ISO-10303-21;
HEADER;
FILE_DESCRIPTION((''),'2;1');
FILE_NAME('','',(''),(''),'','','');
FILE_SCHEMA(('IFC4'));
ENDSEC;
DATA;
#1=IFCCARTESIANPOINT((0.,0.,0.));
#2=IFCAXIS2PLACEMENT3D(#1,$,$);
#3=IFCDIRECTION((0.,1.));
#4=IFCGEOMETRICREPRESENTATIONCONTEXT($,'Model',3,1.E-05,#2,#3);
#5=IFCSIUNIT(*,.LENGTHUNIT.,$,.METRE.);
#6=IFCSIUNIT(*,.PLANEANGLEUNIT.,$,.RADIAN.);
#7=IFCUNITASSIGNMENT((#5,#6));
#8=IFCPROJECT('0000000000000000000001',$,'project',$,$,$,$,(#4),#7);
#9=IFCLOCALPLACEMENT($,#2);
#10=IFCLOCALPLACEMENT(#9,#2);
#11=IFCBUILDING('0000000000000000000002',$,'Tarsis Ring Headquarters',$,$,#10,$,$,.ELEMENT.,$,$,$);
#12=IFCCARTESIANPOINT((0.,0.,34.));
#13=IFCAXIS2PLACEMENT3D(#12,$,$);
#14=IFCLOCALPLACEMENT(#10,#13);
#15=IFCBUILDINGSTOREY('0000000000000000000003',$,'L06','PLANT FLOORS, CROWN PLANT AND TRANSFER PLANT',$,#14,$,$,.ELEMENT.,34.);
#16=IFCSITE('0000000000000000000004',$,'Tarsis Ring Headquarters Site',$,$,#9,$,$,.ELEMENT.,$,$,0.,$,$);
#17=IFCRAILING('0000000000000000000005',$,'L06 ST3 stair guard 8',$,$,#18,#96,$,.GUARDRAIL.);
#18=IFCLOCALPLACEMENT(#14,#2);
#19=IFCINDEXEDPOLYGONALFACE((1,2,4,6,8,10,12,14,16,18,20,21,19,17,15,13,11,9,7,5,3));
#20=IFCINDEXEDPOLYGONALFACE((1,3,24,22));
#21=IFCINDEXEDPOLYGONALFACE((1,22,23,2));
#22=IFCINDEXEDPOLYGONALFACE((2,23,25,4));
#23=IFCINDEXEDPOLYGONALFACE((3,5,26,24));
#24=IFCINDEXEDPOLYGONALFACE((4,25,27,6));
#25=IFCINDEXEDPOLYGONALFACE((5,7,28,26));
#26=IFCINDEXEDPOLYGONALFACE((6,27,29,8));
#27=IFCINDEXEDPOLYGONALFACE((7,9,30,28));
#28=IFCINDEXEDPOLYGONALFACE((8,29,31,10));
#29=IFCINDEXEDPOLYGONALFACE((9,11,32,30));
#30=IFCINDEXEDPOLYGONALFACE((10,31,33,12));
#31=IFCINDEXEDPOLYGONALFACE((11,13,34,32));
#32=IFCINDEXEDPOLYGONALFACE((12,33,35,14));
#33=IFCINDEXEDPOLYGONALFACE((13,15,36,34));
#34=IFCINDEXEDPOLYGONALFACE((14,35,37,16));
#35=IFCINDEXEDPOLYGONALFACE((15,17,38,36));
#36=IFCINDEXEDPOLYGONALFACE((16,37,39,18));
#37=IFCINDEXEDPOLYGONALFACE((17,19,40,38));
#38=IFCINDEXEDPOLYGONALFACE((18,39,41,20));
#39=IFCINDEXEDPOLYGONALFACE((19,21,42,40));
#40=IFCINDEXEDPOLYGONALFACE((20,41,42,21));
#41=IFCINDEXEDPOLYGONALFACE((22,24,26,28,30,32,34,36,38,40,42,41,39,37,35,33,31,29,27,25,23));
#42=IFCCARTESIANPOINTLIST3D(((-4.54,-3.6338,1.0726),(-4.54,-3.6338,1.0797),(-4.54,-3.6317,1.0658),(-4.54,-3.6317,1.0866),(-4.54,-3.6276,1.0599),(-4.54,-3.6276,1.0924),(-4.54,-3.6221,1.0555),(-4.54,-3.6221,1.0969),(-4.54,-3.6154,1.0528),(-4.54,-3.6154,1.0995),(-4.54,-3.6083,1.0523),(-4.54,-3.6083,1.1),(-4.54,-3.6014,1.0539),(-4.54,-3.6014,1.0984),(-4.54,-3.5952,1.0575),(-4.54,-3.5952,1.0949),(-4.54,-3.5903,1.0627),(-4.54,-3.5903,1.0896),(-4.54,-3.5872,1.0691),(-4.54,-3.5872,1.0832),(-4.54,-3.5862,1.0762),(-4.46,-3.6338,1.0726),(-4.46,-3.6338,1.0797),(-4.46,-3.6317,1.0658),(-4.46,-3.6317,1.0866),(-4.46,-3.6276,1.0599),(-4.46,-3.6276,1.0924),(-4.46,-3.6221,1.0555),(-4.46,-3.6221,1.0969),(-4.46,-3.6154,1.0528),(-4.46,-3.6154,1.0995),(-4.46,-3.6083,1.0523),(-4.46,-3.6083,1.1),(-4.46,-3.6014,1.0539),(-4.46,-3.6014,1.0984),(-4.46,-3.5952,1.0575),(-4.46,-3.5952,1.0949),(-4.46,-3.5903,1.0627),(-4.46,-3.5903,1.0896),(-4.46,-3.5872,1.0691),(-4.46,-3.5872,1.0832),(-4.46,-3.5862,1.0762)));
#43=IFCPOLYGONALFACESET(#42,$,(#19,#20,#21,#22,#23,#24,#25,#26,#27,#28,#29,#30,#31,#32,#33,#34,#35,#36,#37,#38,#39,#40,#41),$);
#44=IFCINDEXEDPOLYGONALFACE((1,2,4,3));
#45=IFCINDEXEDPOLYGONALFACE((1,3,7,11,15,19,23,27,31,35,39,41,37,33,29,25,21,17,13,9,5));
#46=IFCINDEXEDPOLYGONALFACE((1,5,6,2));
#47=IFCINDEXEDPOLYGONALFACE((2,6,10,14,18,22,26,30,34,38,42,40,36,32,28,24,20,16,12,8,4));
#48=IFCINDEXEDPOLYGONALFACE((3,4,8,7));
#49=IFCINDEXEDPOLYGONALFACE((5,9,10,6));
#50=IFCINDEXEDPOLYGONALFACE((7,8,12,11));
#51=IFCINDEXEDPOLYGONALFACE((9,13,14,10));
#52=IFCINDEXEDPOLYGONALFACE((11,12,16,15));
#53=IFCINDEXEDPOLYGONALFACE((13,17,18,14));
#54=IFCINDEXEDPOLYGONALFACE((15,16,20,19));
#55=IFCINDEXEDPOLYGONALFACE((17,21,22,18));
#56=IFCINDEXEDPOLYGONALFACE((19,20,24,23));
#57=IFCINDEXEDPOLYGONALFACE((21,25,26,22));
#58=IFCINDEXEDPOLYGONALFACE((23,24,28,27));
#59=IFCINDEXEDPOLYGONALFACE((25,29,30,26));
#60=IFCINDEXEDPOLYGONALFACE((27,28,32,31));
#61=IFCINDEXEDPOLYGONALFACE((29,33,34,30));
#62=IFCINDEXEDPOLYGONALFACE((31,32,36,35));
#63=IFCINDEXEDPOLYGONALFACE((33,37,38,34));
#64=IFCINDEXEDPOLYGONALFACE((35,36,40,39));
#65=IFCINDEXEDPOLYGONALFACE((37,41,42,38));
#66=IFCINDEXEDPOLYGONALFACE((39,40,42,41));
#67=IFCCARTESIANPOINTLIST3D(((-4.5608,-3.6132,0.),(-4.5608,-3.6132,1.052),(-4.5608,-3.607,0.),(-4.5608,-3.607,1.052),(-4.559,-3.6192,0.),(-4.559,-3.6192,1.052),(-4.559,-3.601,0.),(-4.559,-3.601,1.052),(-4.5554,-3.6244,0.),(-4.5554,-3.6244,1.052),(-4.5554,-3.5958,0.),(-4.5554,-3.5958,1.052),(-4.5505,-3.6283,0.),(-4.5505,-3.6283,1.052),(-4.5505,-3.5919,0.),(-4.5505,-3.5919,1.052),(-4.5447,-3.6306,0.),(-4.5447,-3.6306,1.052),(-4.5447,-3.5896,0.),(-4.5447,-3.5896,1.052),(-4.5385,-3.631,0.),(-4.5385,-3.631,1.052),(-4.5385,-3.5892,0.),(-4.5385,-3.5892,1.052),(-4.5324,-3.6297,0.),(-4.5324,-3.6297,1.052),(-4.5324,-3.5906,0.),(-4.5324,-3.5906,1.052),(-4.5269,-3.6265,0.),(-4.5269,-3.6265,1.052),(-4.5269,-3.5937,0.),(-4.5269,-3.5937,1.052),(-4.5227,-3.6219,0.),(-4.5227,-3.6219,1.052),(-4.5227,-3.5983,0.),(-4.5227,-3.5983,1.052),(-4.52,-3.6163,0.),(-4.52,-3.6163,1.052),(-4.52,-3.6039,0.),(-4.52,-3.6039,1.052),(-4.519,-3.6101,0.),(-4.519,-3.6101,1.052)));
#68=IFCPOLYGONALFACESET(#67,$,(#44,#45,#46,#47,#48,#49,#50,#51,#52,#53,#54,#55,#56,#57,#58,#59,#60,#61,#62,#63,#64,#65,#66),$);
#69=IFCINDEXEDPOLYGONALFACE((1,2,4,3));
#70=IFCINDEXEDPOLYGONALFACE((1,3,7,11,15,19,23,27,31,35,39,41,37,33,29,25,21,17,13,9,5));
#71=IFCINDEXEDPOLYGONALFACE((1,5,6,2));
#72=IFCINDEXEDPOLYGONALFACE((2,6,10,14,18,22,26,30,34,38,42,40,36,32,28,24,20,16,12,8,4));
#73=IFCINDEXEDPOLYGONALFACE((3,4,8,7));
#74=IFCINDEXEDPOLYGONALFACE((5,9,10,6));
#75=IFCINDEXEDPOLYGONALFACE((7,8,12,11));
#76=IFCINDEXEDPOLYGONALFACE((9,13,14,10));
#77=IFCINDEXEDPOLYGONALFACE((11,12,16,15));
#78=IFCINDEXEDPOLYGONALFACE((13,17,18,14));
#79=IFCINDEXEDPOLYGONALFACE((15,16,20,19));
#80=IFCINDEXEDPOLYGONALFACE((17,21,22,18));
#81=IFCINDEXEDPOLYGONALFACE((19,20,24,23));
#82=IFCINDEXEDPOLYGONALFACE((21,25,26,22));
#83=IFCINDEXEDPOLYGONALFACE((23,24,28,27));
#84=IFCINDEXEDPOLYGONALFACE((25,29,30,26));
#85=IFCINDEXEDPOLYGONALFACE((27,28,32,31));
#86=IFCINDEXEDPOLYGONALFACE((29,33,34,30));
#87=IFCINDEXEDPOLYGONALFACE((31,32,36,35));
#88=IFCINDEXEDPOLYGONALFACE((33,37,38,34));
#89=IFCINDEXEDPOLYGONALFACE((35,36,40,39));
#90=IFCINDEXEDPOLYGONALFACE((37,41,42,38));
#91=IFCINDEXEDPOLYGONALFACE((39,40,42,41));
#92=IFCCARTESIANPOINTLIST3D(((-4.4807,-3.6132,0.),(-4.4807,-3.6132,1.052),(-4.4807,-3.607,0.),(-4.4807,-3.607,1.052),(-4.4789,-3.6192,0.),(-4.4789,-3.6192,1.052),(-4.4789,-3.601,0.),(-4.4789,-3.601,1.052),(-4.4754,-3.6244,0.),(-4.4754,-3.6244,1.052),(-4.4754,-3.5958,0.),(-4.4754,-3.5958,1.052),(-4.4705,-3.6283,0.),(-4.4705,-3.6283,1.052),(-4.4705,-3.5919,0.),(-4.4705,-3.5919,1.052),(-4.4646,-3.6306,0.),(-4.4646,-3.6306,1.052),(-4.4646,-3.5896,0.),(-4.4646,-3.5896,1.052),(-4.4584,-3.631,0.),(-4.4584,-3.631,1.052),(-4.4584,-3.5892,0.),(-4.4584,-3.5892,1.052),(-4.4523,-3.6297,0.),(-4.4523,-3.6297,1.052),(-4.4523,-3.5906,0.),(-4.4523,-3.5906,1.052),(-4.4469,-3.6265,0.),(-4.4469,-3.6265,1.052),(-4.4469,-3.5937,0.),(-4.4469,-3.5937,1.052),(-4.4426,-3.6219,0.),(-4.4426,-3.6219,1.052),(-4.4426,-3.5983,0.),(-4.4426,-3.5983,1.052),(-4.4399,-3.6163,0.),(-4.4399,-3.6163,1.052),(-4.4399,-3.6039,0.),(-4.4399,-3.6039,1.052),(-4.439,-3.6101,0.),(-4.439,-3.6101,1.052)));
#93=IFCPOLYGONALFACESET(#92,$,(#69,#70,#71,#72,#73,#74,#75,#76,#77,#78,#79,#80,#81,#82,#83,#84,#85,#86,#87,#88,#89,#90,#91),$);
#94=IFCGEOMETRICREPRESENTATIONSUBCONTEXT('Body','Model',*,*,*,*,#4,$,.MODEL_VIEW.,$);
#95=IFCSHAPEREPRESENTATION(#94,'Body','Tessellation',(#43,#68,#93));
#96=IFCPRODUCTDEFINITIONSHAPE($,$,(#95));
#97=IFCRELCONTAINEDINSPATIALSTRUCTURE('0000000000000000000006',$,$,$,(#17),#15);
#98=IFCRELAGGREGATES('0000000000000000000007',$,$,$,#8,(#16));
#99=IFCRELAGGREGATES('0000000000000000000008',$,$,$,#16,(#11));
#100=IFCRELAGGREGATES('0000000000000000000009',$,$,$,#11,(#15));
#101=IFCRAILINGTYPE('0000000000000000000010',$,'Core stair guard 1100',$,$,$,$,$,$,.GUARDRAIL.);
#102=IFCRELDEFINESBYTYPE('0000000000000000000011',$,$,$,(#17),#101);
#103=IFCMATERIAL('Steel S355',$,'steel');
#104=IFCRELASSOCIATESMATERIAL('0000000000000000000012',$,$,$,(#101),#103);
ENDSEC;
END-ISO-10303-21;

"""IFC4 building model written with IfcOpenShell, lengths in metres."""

from ifc_helpers import new_model, si_unit, direction, frame, origin, origin_2d, place, context, subcontext, project, spatial, circle, extrude, material, type_object, element, save


model = new_model("IFC4")

# Units and contexts
model_context = context("Model", 3, precision=1e-05, world=origin(), true_north=direction((0.0, 1.0)))
body_context = subcontext(model_context, "Body", "Model", "MODEL_VIEW")
ifc_project = project(units=[si_unit("LENGTHUNIT", "METRE"), si_unit("PLANEANGLEUNIT", "RADIAN")], contexts=[model_context])

# Site, building, storey
site_placement = place(None, origin())
site = spatial("IfcSite", under=ifc_project, at=site_placement, Name="Tarsis Ring Headquarters Site", CompositionType="ELEMENT", RefElevation=0.0)
building_placement = place(site_placement, origin())
building = spatial("IfcBuilding", under=site, at=building_placement, Name="Tarsis Ring Headquarters", CompositionType="ELEMENT")
storey_placement = place(building_placement, frame((0.0, 0.0, 34.0)))
storey = spatial("IfcBuildingStorey", under=building, at=storey_placement, Name="L06", Description="PLANT FLOORS, CROWN PLANT AND TRANSFER PLANT", CompositionType="ELEMENT", Elevation=34.0)

# Shared definitions
ifc_material_1 = material(Name="Steel S355", Category="steel")

# Railing
railing_type_1 = type_object("IfcRailingType", Name="Core stair guard 1100", PredefinedType="GUARDRAIL", material=ifc_material_1)
railing_1_placement = place(storey_placement, frame((-4.54, -3.6101, 0.0)))
element("IfcRailing", 1, at=railing_1_placement, inside=storey, type_object=railing_type_1, Name="L06 ST3 stair guard 8", PredefinedType="GUARDRAIL", context=body_context, shape_type="SweptSolid", body=[
    extrude(circle(Radius=0.0239, at=origin_2d()), frame((0.0, 0.0, 1.0762), z_axis=(1.0, 0.0, 0.0), x_axis=(0.0, 1.0, 0.0)), (0.0, 0.0, 1.0), 0.0801),
    extrude(circle(Radius=0.021, at=origin_2d()), origin(), (0.0, 0.0, 1.0), 1.052),
    extrude(circle(Radius=0.021, at=origin_2d()), frame((0.0801, 0.0, 0.0)), (0.0, 0.0, 1.0), 1.052),
])

save(model, "model.ifc")
